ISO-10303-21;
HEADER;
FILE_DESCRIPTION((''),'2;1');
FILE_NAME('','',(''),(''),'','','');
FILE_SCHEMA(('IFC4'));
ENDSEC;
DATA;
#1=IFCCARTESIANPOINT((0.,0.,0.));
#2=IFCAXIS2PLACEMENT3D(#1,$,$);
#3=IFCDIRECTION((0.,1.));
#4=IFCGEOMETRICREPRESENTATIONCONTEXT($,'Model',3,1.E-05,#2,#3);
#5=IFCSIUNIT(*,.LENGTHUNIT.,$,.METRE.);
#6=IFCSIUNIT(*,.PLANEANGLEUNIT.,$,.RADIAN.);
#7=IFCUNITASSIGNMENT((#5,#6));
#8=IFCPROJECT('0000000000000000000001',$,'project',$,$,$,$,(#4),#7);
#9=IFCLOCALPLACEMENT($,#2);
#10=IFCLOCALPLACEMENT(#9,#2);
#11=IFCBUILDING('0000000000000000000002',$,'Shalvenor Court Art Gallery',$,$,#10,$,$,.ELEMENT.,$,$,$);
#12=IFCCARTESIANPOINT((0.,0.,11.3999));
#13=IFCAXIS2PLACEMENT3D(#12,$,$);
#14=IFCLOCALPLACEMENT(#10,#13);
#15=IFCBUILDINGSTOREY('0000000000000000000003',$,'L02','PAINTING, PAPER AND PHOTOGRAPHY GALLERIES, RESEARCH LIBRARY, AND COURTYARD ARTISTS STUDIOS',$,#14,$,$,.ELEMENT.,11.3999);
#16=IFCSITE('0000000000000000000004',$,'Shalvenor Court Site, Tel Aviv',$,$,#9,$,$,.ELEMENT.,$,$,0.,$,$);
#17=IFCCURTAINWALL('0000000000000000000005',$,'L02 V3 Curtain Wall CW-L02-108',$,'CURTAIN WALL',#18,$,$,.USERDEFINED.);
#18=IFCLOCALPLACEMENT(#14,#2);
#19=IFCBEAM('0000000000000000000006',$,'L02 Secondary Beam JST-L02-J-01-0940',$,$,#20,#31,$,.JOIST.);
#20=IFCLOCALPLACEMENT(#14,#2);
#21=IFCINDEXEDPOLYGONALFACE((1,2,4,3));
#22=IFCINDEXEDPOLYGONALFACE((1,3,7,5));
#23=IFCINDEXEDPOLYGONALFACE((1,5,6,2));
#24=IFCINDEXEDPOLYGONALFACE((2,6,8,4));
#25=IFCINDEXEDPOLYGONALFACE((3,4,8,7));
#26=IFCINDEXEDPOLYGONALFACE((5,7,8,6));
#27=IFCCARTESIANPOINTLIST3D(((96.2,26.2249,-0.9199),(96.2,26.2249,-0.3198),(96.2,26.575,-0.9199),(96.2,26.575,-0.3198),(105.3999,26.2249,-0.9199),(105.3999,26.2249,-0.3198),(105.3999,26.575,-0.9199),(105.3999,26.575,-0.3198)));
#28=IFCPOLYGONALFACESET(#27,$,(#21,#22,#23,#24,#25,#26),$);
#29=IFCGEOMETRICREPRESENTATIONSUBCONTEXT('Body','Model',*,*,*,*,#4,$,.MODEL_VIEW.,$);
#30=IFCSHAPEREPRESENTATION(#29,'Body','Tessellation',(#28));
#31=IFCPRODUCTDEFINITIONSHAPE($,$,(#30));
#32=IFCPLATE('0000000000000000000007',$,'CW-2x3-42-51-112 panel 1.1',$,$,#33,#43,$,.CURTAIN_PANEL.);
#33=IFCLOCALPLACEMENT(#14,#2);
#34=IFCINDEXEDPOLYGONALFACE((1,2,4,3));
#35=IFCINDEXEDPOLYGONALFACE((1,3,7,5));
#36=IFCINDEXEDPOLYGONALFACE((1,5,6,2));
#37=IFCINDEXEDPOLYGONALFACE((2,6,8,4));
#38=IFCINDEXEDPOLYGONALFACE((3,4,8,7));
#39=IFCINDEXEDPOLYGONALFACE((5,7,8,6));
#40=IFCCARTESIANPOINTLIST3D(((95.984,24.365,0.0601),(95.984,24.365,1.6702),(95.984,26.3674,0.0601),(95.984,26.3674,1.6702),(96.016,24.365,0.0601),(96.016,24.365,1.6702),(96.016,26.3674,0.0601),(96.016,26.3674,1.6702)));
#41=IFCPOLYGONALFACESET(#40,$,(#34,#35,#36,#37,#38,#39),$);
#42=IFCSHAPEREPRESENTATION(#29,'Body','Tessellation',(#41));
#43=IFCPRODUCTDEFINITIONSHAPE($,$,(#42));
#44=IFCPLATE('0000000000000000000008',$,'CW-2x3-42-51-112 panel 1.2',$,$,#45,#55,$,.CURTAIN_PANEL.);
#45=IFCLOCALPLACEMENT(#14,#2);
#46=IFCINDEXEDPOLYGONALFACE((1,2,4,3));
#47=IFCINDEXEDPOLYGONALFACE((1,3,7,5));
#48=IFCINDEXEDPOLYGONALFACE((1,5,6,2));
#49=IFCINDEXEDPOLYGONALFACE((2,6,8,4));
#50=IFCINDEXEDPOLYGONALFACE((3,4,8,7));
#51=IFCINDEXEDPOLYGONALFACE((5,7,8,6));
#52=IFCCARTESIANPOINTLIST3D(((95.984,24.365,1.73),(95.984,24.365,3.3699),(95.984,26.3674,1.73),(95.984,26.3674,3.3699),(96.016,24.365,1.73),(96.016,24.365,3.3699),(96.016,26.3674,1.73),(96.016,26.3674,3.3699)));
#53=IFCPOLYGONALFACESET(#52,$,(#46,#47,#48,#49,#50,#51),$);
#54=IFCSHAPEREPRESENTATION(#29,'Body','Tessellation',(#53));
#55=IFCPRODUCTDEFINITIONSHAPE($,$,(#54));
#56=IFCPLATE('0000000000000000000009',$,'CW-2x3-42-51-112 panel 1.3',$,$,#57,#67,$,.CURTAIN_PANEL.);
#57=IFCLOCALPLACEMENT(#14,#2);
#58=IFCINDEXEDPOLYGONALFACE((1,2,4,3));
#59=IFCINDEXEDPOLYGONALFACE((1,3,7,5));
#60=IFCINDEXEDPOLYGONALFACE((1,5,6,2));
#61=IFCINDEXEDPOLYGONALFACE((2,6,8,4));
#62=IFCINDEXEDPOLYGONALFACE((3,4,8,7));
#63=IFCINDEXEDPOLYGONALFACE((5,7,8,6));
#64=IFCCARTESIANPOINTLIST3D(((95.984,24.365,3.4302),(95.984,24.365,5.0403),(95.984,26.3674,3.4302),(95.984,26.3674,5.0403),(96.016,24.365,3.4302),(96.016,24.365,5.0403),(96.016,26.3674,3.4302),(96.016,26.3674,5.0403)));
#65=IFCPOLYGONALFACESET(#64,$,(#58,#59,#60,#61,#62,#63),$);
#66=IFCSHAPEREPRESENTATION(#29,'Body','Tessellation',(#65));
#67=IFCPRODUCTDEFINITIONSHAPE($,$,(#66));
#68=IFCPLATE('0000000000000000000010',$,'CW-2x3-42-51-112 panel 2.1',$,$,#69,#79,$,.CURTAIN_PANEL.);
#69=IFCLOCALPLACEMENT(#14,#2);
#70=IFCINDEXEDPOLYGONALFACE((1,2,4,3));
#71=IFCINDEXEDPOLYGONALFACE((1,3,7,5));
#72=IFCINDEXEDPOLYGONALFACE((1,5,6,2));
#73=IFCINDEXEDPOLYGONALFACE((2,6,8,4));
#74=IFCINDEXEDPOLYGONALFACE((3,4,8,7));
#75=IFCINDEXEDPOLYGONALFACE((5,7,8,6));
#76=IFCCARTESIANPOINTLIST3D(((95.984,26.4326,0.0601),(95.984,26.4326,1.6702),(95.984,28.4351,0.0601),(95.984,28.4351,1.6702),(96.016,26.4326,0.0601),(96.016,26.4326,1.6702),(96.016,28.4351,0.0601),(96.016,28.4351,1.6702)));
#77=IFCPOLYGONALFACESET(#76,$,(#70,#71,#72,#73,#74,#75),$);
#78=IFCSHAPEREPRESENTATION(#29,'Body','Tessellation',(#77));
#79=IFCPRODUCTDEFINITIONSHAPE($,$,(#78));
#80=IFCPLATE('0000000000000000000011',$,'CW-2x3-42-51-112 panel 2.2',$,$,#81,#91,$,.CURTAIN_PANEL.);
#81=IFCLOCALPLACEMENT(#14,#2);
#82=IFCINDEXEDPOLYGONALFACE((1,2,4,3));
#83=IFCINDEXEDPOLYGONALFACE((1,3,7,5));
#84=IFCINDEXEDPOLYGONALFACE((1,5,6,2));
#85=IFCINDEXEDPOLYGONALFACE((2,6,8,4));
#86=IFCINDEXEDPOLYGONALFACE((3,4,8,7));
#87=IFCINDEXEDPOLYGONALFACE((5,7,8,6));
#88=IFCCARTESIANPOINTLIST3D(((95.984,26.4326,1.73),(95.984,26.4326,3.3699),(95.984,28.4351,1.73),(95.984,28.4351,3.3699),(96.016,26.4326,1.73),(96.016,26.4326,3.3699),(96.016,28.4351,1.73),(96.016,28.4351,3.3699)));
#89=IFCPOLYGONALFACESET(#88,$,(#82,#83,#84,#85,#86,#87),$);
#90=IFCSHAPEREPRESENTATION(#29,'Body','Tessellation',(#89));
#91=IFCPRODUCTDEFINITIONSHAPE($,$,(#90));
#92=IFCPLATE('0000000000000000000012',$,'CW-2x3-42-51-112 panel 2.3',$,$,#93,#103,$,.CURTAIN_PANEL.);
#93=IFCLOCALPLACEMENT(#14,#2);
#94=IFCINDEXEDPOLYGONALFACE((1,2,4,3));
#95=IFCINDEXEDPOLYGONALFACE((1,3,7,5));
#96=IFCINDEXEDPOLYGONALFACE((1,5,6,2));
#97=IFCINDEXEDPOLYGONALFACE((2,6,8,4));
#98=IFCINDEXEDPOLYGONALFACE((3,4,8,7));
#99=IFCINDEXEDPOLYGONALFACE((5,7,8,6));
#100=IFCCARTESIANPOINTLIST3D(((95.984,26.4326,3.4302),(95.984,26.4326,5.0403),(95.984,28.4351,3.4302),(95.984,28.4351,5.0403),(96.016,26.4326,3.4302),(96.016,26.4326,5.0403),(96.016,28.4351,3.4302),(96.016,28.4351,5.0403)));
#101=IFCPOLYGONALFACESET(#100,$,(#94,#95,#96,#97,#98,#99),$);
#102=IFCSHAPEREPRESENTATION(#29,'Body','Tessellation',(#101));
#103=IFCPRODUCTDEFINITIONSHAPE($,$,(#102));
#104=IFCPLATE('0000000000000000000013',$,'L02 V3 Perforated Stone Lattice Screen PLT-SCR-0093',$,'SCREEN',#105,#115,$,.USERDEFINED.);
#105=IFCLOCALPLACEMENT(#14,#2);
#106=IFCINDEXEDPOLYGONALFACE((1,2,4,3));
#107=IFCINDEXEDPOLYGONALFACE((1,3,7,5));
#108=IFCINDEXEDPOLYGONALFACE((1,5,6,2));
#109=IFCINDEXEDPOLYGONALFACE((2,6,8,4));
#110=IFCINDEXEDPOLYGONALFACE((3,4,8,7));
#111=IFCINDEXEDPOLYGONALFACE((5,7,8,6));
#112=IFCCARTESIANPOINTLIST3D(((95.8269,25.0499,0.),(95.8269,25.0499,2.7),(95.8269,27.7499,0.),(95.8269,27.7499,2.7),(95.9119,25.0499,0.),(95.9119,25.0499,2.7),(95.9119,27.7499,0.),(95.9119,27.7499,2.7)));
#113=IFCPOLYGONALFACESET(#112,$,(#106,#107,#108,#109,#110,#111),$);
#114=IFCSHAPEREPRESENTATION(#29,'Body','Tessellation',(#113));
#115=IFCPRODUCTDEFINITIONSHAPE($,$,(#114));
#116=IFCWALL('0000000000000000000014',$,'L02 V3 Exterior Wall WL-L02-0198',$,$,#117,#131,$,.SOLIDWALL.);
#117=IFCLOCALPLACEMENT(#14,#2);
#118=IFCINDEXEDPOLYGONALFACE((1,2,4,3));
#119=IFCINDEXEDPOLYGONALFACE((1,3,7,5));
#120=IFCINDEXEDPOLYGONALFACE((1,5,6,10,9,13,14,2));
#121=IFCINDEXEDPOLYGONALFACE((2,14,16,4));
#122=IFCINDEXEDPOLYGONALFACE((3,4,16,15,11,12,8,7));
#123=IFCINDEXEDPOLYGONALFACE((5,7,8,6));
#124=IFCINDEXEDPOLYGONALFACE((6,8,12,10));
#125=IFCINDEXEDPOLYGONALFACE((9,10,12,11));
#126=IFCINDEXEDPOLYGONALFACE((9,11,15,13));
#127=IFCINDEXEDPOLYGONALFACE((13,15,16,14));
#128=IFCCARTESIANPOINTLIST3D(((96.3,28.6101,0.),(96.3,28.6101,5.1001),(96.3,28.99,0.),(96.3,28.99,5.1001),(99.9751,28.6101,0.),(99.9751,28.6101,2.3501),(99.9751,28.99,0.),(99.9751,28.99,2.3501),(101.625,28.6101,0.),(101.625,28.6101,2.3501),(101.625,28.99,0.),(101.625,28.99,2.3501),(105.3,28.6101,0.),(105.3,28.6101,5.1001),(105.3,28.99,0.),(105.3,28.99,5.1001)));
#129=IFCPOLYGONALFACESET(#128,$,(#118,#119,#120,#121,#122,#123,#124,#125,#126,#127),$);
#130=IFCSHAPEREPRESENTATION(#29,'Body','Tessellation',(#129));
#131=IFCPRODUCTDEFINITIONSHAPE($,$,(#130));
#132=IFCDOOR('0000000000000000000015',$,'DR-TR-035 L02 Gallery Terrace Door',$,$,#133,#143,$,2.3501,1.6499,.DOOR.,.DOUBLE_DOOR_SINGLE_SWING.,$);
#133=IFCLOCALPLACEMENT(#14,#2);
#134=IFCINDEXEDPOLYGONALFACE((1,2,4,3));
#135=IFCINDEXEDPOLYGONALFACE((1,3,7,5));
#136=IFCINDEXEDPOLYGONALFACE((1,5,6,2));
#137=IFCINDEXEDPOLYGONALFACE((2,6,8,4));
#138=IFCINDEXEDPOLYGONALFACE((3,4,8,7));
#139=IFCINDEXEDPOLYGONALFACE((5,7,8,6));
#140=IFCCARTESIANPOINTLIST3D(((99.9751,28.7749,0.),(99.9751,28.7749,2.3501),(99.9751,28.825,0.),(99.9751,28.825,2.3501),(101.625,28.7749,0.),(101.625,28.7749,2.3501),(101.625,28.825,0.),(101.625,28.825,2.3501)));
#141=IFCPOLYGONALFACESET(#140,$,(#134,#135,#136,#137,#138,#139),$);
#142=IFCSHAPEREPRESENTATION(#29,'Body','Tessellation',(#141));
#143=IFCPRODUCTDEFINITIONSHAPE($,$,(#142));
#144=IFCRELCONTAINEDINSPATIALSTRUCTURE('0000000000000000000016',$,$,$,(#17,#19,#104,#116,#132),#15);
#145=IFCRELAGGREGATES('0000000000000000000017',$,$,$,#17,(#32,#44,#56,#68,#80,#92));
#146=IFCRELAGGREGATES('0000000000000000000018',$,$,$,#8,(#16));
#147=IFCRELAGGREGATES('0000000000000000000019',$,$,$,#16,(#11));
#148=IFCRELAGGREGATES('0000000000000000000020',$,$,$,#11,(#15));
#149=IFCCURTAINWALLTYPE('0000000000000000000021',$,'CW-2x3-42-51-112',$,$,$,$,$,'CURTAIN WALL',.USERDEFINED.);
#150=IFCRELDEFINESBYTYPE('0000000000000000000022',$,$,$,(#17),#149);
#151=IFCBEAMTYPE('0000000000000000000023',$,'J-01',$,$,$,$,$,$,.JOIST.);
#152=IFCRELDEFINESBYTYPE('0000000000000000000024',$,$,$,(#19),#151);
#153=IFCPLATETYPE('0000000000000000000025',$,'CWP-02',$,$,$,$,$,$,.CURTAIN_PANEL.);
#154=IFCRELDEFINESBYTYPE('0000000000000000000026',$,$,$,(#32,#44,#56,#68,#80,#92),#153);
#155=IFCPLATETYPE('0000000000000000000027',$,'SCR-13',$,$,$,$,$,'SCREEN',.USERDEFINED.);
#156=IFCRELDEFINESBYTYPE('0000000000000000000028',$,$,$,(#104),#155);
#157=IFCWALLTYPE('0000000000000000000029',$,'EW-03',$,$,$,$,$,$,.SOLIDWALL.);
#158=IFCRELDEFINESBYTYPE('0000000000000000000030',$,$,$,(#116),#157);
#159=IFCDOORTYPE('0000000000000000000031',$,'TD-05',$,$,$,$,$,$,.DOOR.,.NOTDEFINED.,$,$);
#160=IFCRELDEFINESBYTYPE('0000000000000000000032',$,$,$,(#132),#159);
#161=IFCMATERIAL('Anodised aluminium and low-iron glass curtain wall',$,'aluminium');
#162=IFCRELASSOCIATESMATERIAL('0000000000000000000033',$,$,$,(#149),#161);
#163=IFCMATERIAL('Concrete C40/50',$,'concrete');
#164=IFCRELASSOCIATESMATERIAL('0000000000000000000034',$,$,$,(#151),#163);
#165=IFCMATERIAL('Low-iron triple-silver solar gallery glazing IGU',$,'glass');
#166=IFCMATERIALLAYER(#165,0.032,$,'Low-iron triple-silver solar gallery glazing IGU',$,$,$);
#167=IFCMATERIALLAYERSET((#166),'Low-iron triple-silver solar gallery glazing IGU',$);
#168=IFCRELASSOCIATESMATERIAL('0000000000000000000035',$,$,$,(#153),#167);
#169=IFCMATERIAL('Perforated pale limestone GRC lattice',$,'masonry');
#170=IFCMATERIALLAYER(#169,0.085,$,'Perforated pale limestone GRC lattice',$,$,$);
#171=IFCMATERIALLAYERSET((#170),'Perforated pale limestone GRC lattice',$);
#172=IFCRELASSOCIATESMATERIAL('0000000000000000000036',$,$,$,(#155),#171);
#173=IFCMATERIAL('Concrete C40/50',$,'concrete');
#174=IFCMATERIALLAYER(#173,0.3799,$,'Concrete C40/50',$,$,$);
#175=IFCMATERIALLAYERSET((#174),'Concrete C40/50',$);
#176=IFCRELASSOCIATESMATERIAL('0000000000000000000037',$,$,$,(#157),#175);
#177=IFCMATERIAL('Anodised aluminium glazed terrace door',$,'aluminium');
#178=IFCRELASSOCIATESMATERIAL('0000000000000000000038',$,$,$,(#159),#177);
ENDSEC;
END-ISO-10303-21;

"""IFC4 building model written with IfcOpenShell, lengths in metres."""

from ifc_helpers import new_model, si_unit, direction, frame, frame_2d, origin, origin_2d, place, context, subcontext, project, spatial, rectangle, extrude, material, layer, layer_set, material_profile, profile_set, type_object, element, fill, aggregate, save


model = new_model("IFC4")

# Units and contexts
model_context = context("Model", 3, precision=1e-05, world=origin(), true_north=direction((0.0, 1.0)))
body_context = subcontext(model_context, "Body", "Model", "MODEL_VIEW")
ifc_project = project(units=[si_unit("LENGTHUNIT", "METRE"), si_unit("PLANEANGLEUNIT", "RADIAN")], contexts=[model_context])

# Site, building, storey
site_placement = place(None, origin())
site = spatial("IfcSite", under=ifc_project, at=site_placement, Name="Shalvenor Court Site, Tel Aviv", CompositionType="ELEMENT", RefElevation=0.0)
building_placement = place(site_placement, origin())
building = spatial("IfcBuilding", under=site, at=building_placement, Name="Shalvenor Court Art Gallery", CompositionType="ELEMENT")
storey_placement = place(building_placement, frame((0.0, 0.0, 11.3999)))
storey = spatial("IfcBuildingStorey", under=building, at=storey_placement, Name="L02", Description="PAINTING, PAPER AND PHOTOGRAPHY GALLERIES, RESEARCH LIBRARY, AND COURTYARD ARTISTS STUDIOS", CompositionType="ELEMENT", Elevation=11.3999)

# Curtain wall
ifc_material_1 = material(Name="Anodised aluminium and low-iron glass curtain wall", Category="aluminium")
curtain_wall_type = type_object("IfcCurtainWallType", Name="CW-2x3-42-51-112", ElementType="CURTAIN WALL", PredefinedType="USERDEFINED", material=ifc_material_1)
curtain_wall_placement = place(storey_placement, origin())
curtain_wall = element("IfcCurtainWall", 1, at=curtain_wall_placement, inside=storey, type_object=curtain_wall_type, Name="L02 V3 Curtain Wall CW-L02-108", ObjectType="CURTAIN WALL", PredefinedType="USERDEFINED")

# Beam
ifc_material_2 = material(Name="Concrete C40/50", Category="concrete")
ifc_material_profile_1 = material_profile(ifc_material_2, rectangle(XDim=0.3501, YDim=0.6001, at=origin_2d()), Name="RC 350x600")
ifc_profile_set_1 = profile_set([ifc_material_profile_1], Name="Concrete C40/50")
beam_type_1 = type_object("IfcBeamType", Name="J-01", PredefinedType="JOIST", material=ifc_profile_set_1)
beam_placement = place(storey_placement, frame((96.2, 26.3999, -0.6199), z_axis=(1.0, 0.0, 0.0), x_axis=(0.0, 1.0, 0.0)))
element("IfcBeam", 2, at=beam_placement, inside=storey, type_object=beam_type_1, Name="L02 Secondary Beam JST-L02-J-01-0940", PredefinedType="JOIST", context=body_context, shape_type="SweptSolid", body=[
    extrude(rectangle(XDim=0.3501, YDim=0.6001, at=origin_2d()), origin(), (0.0, 0.0, 1.0), 9.2),
])

# Plates
ifc_material_3 = material(Name="Low-iron triple-silver solar gallery glazing IGU", Category="glass")
ifc_layer_1 = layer(ifc_material_3, 0.032, Name="Low-iron triple-silver solar gallery glazing IGU")
ifc_layer_set_1 = layer_set([ifc_layer_1], Name="Low-iron triple-silver solar gallery glazing IGU")
plate_type_1 = type_object("IfcPlateType", Name="CWP-02", PredefinedType="CURTAIN_PANEL", material=ifc_layer_set_1)
plate_1_placement = place(storey_placement, frame((96.0, 25.3662, 0.0601), z_axis=(0.0, 0.0, 1.0), x_axis=(0.0, 1.0, 0.0)))
plate_1 = element("IfcPlate", 3, at=plate_1_placement, type_object=plate_type_1, Name="CW-2x3-42-51-112 panel 1.1", PredefinedType="CURTAIN_PANEL", context=body_context, shape_type="SweptSolid", body=[
    extrude(rectangle(XDim=2.0024, YDim=0.032, at=origin_2d()), origin(), (0.0, 0.0, 1.0), 1.6101),
])
plate_2_placement = place(storey_placement, frame((96.0, 25.3662, 1.73), z_axis=(0.0, 0.0, 1.0), x_axis=(0.0, 1.0, 0.0)))
plate_2 = element("IfcPlate", 4, at=plate_2_placement, type_object=plate_type_1, Name="CW-2x3-42-51-112 panel 1.2", PredefinedType="CURTAIN_PANEL", context=body_context, shape_type="SweptSolid", body=[
    extrude(rectangle(XDim=2.0024, YDim=0.032, at=origin_2d()), origin(), (0.0, 0.0, 1.0), 1.6399),
])
plate_3_placement = place(storey_placement, frame((96.0, 25.3662, 3.4302), z_axis=(0.0, 0.0, 1.0), x_axis=(0.0, 1.0, 0.0)))
plate_3 = element("IfcPlate", 5, at=plate_3_placement, type_object=plate_type_1, Name="CW-2x3-42-51-112 panel 1.3", PredefinedType="CURTAIN_PANEL", context=body_context, shape_type="SweptSolid", body=[
    extrude(rectangle(XDim=2.0024, YDim=0.032, at=origin_2d()), origin(), (0.0, 0.0, 1.0), 1.6101),
])
plate_4_placement = place(storey_placement, frame((96.0, 27.4338, 0.0601), z_axis=(0.0, 0.0, 1.0), x_axis=(0.0, 1.0, 0.0)))
plate_4 = element("IfcPlate", 6, at=plate_4_placement, type_object=plate_type_1, Name="CW-2x3-42-51-112 panel 2.1", PredefinedType="CURTAIN_PANEL", context=body_context, shape_type="SweptSolid", body=[
    extrude(rectangle(XDim=2.0024, YDim=0.032, at=origin_2d()), origin(), (0.0, 0.0, 1.0), 1.6101),
])
plate_5_placement = place(storey_placement, frame((96.0, 27.4338, 1.73), z_axis=(0.0, 0.0, 1.0), x_axis=(0.0, 1.0, 0.0)))
plate_5 = element("IfcPlate", 7, at=plate_5_placement, type_object=plate_type_1, Name="CW-2x3-42-51-112 panel 2.2", PredefinedType="CURTAIN_PANEL", context=body_context, shape_type="SweptSolid", body=[
    extrude(rectangle(XDim=2.0024, YDim=0.032, at=origin_2d()), origin(), (0.0, 0.0, 1.0), 1.6399),
])
plate_6_placement = place(storey_placement, frame((96.0, 27.4338, 3.4302), z_axis=(0.0, 0.0, 1.0), x_axis=(0.0, 1.0, 0.0)))
plate_6 = element("IfcPlate", 8, at=plate_6_placement, type_object=plate_type_1, Name="CW-2x3-42-51-112 panel 2.3", PredefinedType="CURTAIN_PANEL", context=body_context, shape_type="SweptSolid", body=[
    extrude(rectangle(XDim=2.0024, YDim=0.032, at=origin_2d()), origin(), (0.0, 0.0, 1.0), 1.6101),
])
aggregate(curtain_wall, [plate_1, plate_2, plate_3, plate_4, plate_5, plate_6])
ifc_material_4 = material(Name="Perforated pale limestone GRC lattice", Category="masonry")
ifc_layer_2 = layer(ifc_material_4, 0.085, Name="Perforated pale limestone GRC lattice")
ifc_layer_set_2 = layer_set([ifc_layer_2], Name="Perforated pale limestone GRC lattice")
plate_type_2 = type_object("IfcPlateType", Name="SCR-13", ElementType="SCREEN", PredefinedType="USERDEFINED", material=ifc_layer_set_2)
plate_7_placement = place(storey_placement, frame((95.8694, 26.3999, 0.0), z_axis=(0.0, 0.0, 1.0), x_axis=(0.0, 1.0, 0.0)))
element("IfcPlate", 9, at=plate_7_placement, inside=storey, type_object=plate_type_2, Name="L02 V3 Perforated Stone Lattice Screen PLT-SCR-0093", ObjectType="SCREEN", PredefinedType="USERDEFINED", context=body_context, shape_type="SweptSolid", body=[
    extrude(rectangle(XDim=2.7, YDim=0.085, at=origin_2d()), origin(), (0.0, 0.0, 1.0), 2.7),
])

# Wall, opening, door
ifc_material_5 = material(Name="Concrete C40/50", Category="concrete")
ifc_layer_3 = layer(ifc_material_5, 0.3799, Name="Concrete C40/50")
ifc_layer_set_3 = layer_set([ifc_layer_3], Name="Concrete C40/50")
wall_type = type_object("IfcWallType", Name="EW-03", PredefinedType="SOLIDWALL", material=ifc_layer_set_3)
wall_placement = place(storey_placement, frame((96.3, 28.8, 0.0), z_axis=(0.0, 0.0, 1.0), x_axis=(1.0, 0.0, 0.0)))
wall = element("IfcWall", 10, at=wall_placement, inside=storey, type_object=wall_type, Name="L02 V3 Exterior Wall WL-L02-0198", PredefinedType="SOLIDWALL", context=body_context, shape_type="SweptSolid", body=[
    extrude(rectangle(XDim=9.0, YDim=0.3799, at=frame_2d((4.5, 0.0))), origin(), (0.0, 0.0, 1.0), 5.1001),
])
opening_placement = place(wall_placement, frame((3.675, 0.0, 0.0)))
opening = element("IfcOpeningElement", 11, at=opening_placement, cuts=wall, PredefinedType="OPENING", context=body_context, shape_type="SweptSolid", body=[
    extrude(rectangle(XDim=1.6499, YDim=2.3501, at=frame_2d((0.825, 1.175))), frame((0.0, 0.2, 0.0), z_axis=(0.0, -1.0, 0.0), x_axis=(1.0, 0.0, 0.0)), (0.0, 0.0, 1.0), 0.3999),
])
ifc_material_6 = material(Name="Anodised aluminium glazed terrace door", Category="aluminium")
door_type = type_object("IfcDoorType", Name="TD-05", OperationType="NOTDEFINED", PredefinedType="DOOR", material=ifc_material_6)
door_placement = place(opening_placement, origin())
door = element("IfcDoor", 12, at=door_placement, inside=storey, type_object=door_type, Name="DR-TR-035 L02 Gallery Terrace Door", OperationType="DOUBLE_DOOR_SINGLE_SWING", OverallHeight=2.3501, OverallWidth=1.6499, PredefinedType="DOOR", context=body_context, shape_type="SweptSolid", body=[
    extrude(rectangle(XDim=1.6499, YDim=2.3501, at=frame_2d((0.825, 1.175))), frame((0.0, 0.0249, 0.0), z_axis=(0.0, -1.0, 0.0), x_axis=(1.0, 0.0, 0.0)), (0.0, 0.0, 1.0), 0.05),
])
fill(opening, door)

save(model, "model.ifc")
